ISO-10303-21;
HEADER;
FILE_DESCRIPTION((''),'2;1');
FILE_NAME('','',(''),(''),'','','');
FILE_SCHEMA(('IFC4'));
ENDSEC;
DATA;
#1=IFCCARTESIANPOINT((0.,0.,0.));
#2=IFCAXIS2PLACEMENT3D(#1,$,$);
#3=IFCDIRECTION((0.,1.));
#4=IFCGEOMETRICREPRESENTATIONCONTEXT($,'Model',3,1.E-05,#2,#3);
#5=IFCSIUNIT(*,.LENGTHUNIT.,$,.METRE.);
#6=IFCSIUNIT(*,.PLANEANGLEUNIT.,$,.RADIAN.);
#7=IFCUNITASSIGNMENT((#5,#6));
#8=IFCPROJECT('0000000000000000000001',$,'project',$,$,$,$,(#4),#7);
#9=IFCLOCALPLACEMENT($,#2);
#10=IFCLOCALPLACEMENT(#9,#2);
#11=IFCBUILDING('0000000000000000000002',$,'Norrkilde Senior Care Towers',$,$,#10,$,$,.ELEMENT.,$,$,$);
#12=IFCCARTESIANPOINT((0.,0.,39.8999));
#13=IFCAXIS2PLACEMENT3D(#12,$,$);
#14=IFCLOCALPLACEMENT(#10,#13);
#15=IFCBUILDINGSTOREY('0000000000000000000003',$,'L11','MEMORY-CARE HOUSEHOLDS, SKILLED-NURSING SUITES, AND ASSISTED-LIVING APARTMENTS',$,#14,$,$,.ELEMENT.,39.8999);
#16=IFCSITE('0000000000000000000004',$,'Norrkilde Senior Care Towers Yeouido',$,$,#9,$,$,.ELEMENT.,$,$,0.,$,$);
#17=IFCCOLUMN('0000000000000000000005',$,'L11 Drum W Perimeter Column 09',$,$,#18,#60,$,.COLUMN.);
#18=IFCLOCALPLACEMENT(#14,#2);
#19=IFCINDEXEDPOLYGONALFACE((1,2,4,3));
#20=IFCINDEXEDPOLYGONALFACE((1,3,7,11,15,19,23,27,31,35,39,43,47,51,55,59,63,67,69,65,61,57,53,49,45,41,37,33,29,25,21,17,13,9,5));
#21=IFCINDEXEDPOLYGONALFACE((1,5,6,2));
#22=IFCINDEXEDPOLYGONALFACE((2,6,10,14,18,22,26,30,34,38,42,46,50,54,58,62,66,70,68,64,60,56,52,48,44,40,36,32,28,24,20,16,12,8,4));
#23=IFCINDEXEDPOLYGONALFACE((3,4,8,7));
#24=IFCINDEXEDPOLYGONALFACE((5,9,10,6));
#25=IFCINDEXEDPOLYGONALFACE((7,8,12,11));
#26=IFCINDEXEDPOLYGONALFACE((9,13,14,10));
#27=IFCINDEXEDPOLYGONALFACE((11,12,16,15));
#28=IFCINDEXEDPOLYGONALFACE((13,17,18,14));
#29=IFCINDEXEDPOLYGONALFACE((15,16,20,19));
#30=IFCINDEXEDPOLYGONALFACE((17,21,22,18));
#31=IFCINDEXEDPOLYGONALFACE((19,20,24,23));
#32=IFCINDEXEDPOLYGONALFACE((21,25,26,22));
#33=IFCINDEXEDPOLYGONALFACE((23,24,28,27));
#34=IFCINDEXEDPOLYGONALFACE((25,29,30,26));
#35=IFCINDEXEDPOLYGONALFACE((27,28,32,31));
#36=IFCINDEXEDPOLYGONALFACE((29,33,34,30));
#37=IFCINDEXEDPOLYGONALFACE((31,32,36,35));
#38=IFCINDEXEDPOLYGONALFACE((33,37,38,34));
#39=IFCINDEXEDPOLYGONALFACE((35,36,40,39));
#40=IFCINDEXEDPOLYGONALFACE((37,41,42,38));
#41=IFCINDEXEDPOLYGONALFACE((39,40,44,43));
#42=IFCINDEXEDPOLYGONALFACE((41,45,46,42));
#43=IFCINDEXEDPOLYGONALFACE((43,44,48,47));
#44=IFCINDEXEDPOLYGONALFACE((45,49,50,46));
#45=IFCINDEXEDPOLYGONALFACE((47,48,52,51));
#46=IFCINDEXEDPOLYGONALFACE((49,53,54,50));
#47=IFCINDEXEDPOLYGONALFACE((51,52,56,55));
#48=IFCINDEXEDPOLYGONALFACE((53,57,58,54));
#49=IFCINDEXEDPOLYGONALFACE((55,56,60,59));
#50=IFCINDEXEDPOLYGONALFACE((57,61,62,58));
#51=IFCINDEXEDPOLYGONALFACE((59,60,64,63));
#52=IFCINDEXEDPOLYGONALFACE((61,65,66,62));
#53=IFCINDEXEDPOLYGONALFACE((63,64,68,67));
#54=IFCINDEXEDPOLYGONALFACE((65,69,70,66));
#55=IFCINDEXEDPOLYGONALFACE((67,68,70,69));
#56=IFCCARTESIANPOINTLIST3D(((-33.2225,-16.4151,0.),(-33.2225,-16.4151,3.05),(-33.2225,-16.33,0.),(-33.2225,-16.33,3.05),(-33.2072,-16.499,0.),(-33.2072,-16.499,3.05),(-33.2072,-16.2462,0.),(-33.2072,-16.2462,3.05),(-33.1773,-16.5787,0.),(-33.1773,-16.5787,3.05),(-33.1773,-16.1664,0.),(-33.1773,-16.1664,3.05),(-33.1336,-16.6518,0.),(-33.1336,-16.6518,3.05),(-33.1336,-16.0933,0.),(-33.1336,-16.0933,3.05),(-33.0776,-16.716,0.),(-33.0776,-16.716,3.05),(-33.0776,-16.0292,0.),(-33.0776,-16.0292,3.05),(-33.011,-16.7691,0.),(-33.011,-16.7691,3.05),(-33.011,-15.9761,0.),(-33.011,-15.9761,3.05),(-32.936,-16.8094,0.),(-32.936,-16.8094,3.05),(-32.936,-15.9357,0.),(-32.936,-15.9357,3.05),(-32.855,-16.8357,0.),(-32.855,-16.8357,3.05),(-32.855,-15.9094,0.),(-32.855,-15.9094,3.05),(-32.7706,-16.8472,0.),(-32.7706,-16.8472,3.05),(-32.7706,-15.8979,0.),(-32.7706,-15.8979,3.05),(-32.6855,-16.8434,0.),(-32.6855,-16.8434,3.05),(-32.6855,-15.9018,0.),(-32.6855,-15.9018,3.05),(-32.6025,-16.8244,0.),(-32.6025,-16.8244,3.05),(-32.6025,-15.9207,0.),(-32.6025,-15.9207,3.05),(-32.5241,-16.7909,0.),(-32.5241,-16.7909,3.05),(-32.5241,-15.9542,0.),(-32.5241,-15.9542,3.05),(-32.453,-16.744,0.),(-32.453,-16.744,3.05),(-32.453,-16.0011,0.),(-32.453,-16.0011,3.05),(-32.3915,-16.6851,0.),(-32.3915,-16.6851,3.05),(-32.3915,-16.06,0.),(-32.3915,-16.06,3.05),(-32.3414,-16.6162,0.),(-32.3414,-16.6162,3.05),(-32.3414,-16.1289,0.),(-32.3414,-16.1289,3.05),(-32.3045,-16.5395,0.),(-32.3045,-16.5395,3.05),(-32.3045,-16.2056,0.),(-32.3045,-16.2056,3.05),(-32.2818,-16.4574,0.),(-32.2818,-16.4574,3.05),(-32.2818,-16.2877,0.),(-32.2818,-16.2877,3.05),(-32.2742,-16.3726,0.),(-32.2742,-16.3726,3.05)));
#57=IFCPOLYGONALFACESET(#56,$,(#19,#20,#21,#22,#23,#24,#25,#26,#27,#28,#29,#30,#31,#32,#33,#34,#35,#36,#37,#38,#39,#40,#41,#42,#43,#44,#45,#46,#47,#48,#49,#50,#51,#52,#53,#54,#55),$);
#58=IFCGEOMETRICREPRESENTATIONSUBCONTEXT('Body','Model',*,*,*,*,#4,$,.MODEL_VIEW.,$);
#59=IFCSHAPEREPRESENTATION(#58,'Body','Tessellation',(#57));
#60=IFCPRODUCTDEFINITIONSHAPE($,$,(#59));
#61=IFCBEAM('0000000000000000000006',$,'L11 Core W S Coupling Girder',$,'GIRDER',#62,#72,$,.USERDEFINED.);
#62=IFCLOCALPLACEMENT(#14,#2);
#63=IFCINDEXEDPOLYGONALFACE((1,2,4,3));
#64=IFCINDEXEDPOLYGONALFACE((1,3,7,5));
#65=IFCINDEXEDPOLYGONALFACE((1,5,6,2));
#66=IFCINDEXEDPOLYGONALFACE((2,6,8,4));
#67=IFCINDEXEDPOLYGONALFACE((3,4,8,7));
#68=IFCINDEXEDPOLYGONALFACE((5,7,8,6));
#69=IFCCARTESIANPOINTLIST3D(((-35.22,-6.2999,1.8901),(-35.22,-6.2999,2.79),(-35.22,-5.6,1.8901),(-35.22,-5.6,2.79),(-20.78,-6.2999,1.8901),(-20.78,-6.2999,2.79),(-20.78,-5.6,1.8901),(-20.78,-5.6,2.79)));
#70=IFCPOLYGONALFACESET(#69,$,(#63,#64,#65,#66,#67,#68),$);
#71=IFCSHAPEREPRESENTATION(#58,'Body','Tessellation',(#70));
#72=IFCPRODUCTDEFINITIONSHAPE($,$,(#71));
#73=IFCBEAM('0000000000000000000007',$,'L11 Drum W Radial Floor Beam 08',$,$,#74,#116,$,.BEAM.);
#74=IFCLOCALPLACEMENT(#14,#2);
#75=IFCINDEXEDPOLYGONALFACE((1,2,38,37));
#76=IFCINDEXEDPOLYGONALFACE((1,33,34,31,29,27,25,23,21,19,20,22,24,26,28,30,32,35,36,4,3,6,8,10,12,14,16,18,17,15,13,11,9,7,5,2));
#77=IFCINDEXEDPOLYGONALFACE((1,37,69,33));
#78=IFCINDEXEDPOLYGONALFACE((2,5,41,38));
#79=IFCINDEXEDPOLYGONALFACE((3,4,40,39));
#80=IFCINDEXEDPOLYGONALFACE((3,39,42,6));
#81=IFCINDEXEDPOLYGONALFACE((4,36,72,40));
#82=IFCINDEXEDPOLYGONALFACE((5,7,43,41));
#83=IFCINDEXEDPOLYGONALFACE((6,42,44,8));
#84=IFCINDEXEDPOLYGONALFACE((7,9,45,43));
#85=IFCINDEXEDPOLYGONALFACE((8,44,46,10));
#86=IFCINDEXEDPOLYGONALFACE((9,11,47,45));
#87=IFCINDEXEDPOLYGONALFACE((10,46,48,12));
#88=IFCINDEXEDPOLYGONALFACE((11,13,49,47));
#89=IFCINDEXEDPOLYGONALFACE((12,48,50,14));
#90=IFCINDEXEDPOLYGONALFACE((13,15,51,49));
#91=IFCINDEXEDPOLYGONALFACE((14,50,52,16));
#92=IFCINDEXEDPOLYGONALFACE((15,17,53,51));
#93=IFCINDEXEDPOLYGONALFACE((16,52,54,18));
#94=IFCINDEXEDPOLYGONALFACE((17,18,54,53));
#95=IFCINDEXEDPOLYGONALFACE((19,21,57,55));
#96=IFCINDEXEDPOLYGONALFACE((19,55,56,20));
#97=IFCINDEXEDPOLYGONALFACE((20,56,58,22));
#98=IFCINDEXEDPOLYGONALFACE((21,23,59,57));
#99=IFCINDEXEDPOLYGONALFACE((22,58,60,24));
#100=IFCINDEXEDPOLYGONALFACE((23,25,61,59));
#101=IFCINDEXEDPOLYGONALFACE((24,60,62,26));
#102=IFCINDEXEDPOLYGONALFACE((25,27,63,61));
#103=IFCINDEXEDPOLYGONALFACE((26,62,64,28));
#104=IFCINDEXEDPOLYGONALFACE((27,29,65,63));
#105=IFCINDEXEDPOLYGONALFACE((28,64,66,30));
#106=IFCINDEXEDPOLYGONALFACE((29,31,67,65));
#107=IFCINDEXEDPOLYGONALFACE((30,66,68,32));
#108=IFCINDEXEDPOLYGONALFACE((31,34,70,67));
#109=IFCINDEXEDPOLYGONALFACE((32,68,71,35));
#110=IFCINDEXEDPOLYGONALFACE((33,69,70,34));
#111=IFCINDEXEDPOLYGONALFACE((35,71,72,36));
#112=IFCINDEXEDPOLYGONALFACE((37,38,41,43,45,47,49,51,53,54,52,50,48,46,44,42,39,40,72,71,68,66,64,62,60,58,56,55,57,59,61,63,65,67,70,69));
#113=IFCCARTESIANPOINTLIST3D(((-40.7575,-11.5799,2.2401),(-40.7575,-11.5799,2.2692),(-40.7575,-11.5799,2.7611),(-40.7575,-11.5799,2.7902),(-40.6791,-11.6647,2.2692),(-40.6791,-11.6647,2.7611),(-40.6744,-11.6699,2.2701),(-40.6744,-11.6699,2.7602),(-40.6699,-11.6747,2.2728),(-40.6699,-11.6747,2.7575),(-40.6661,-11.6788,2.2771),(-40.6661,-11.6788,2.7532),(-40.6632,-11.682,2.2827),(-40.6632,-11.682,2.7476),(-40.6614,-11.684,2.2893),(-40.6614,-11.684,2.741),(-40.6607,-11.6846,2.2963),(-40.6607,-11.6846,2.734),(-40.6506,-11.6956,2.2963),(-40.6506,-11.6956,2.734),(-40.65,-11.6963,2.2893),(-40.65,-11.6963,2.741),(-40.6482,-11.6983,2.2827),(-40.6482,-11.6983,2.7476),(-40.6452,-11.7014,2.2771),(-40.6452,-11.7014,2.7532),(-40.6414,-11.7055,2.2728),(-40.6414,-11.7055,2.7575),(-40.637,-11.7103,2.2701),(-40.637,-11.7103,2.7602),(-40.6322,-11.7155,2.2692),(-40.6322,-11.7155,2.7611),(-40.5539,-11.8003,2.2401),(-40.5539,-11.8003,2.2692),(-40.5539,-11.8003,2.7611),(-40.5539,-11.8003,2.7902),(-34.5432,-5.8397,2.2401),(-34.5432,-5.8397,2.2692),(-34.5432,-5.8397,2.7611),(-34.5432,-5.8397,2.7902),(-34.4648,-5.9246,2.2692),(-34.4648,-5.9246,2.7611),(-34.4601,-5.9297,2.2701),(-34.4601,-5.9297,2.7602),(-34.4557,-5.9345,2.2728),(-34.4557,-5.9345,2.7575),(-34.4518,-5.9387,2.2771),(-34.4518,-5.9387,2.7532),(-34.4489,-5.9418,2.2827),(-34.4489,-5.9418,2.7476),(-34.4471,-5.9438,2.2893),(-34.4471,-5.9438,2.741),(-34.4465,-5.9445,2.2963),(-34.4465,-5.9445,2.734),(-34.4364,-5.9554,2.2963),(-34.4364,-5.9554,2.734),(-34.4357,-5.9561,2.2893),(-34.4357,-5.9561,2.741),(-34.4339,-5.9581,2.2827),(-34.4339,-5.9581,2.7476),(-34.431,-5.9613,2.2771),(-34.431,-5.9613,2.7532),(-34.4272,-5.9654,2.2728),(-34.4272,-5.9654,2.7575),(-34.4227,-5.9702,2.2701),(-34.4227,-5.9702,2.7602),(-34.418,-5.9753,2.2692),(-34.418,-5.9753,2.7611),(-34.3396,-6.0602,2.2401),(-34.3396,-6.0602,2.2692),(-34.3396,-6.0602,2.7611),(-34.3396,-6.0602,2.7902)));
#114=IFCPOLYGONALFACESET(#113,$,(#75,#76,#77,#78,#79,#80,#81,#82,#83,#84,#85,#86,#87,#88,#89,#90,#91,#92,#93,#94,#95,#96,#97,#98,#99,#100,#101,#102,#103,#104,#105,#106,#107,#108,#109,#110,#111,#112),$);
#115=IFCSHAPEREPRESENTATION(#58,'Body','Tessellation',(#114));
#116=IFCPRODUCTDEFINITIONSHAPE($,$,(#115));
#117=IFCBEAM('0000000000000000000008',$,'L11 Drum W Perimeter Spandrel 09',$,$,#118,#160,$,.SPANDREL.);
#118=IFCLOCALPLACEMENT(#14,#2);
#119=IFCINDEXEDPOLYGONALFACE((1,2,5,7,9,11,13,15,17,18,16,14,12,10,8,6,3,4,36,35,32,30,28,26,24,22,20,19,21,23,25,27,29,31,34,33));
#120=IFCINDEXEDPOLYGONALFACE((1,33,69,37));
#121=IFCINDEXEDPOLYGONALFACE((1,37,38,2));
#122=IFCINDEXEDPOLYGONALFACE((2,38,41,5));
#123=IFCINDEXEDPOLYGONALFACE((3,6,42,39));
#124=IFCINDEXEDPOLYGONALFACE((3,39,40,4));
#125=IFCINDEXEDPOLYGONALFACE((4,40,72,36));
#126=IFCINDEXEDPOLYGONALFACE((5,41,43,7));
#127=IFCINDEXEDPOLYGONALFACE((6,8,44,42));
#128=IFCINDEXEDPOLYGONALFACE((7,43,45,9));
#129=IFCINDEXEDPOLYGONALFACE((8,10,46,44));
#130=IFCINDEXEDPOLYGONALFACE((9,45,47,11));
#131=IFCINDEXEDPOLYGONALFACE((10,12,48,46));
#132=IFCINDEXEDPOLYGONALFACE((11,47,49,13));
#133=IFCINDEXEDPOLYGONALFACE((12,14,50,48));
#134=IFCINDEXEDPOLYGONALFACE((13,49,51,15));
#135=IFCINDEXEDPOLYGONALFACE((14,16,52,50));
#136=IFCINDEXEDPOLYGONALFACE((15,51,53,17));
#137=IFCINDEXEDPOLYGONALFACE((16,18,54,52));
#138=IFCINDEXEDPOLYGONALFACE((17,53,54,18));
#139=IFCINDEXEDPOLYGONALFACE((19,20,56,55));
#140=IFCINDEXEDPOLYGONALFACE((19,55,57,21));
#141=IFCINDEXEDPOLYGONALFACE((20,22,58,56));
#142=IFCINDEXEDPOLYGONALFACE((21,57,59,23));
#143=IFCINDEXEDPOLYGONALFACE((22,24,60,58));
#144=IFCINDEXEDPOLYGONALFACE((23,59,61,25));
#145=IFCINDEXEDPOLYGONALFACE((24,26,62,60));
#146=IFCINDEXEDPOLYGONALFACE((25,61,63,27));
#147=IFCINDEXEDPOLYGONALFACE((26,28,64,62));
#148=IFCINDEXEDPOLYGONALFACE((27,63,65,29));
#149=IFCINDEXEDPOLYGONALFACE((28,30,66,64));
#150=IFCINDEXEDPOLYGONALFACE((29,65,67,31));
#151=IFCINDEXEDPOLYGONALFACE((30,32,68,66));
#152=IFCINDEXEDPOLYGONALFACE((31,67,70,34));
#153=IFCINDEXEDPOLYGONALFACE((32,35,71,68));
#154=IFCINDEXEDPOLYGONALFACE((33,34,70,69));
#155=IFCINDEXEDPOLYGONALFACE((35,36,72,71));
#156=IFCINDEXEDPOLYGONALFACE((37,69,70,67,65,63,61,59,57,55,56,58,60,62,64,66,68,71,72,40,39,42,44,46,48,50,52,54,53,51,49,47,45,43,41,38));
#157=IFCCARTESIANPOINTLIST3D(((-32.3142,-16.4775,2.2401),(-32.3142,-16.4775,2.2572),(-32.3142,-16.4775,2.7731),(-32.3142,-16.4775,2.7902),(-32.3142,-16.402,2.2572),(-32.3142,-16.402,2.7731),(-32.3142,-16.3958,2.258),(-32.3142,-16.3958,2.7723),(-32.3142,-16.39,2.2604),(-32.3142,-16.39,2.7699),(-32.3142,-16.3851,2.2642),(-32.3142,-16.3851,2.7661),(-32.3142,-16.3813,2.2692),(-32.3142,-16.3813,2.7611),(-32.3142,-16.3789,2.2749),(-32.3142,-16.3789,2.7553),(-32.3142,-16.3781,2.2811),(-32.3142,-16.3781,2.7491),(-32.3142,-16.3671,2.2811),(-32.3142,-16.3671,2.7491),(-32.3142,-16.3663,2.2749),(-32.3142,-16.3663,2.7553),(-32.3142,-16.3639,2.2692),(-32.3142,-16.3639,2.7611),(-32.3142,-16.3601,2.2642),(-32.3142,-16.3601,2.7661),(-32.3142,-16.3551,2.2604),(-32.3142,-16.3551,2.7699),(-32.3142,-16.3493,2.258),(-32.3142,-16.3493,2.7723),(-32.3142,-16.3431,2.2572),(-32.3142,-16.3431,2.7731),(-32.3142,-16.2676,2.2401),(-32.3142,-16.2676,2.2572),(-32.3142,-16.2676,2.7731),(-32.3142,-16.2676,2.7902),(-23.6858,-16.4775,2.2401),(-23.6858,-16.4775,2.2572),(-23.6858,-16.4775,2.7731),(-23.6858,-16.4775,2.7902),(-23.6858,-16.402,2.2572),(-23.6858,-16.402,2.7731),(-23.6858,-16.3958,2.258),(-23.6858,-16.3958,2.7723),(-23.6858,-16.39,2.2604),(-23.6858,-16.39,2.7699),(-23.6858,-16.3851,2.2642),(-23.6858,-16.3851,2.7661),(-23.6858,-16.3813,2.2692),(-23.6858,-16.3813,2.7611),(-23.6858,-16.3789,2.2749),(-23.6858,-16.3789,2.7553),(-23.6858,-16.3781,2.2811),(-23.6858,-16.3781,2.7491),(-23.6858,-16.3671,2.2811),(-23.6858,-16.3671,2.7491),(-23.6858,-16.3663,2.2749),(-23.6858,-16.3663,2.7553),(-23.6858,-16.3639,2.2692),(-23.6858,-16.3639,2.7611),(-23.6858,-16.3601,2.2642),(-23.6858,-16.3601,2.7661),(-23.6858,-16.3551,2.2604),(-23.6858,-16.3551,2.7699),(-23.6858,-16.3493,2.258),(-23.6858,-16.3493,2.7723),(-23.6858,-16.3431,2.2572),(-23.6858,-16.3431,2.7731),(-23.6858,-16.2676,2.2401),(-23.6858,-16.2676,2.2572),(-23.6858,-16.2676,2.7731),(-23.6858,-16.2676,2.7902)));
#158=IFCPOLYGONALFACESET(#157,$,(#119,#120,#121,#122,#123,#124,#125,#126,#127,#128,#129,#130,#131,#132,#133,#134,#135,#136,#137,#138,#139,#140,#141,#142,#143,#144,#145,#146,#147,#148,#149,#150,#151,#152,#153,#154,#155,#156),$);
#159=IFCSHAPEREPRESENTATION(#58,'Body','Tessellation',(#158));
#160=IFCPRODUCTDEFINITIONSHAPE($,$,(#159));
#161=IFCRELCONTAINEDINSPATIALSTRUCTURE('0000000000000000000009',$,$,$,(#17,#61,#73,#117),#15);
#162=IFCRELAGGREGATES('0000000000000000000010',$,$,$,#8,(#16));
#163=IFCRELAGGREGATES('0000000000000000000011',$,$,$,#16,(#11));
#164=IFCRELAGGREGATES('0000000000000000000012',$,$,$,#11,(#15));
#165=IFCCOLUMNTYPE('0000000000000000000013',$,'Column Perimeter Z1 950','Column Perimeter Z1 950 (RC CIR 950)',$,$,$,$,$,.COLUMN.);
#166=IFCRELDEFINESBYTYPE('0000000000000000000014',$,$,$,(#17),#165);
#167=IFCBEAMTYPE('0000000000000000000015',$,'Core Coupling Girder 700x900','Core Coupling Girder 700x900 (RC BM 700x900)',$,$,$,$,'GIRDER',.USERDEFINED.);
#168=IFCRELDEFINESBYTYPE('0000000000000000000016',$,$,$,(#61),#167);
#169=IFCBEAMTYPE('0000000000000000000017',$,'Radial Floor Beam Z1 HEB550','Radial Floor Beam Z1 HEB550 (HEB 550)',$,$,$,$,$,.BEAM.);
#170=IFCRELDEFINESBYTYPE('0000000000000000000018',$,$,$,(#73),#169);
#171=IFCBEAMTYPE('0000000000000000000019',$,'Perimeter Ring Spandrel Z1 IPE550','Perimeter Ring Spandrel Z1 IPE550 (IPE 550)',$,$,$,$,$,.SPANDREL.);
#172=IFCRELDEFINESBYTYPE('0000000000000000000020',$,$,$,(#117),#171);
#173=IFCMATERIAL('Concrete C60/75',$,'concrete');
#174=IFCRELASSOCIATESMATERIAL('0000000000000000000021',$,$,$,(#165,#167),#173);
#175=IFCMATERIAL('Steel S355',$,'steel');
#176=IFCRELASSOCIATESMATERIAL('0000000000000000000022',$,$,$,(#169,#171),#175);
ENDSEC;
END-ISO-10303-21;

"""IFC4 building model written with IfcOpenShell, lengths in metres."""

from ifc_helpers import new_model, si_unit, direction, frame, origin, origin_2d, place, context, subcontext, project, spatial, rectangle, circle, i_section, extrude, source, transform, mapped, material, material_profile, profile_set, type_object, type_shapes, element, save


model = new_model("IFC4")

# Units and contexts
model_context = context("Model", 3, precision=1e-05, world=origin(), true_north=direction((0.0, 1.0)))
body_context = subcontext(model_context, "Body", "Model", "MODEL_VIEW")
ifc_project = project(units=[si_unit("LENGTHUNIT", "METRE"), si_unit("PLANEANGLEUNIT", "RADIAN")], contexts=[model_context])

# Site, building, storey
site_placement = place(None, origin())
site = spatial("IfcSite", under=ifc_project, at=site_placement, Name="Norrkilde Senior Care Towers Yeouido", CompositionType="ELEMENT", RefElevation=0.0)
building_placement = place(site_placement, origin())
building = spatial("IfcBuilding", under=site, at=building_placement, Name="Norrkilde Senior Care Towers", CompositionType="ELEMENT")
storey_placement = place(building_placement, frame((0.0, 0.0, 39.8999)))
storey = spatial("IfcBuildingStorey", under=building, at=storey_placement, Name="L11", Description="MEMORY-CARE HOUSEHOLDS, SKILLED-NURSING SUITES, AND ASSISTED-LIVING APARTMENTS", CompositionType="ELEMENT", Elevation=39.8999)

# Column
ifc_material_1 = material(Name="Concrete C60/75", Category="concrete")
ifc_material_profile_1 = material_profile(ifc_material_1, circle(Radius=0.4751, at=origin_2d()), Name="RC CIR 950")
ifc_profile_set_1 = profile_set([ifc_material_profile_1], Name="Concrete C60/75")
column_type = type_object("IfcColumnType", Name="Column Perimeter Z1 950", Description="Column Perimeter Z1 950 (RC CIR 950)", PredefinedType="COLUMN", material=ifc_profile_set_1)
shared_shape_1 = source(origin(), body_context, "Body", "SweptSolid", [
    extrude(circle(Radius=0.4751, at=origin_2d()), origin(), (0.0, 0.0, 1.0), 3.05),
])
type_shapes(column_type, [shared_shape_1])
column_placement = place(storey_placement, frame((-32.7493, -16.3726, 0.0), z_axis=(0.0, 0.0, 1.0), x_axis=(1.0, 0.0, 0.0)))
element("IfcColumn", 1, at=column_placement, inside=storey, type_object=column_type, Name="L11 Drum W Perimeter Column 09", PredefinedType="COLUMN", context=body_context, shape_type="MappedRepresentation", body=[
    mapped(shared_shape_1, transform((0.0, 0.0, 0.0), x_axis=(1.0, 0.0, 0.0), y_axis=(0.0, 1.0, 0.0), z_axis=(0.0, 0.0, 1.0), scale=1.0)),
])

# Beams
ifc_material_profile_2 = material_profile(ifc_material_1, rectangle(XDim=0.7, YDim=0.8999, at=origin_2d()), Name="RC BM 700x900")
ifc_profile_set_2 = profile_set([ifc_material_profile_2], Name="Concrete C60/75")
beam_type_1 = type_object("IfcBeamType", Name="Core Coupling Girder 700x900", Description="Core Coupling Girder 700x900 (RC BM 700x900)", ElementType="GIRDER", PredefinedType="USERDEFINED", material=ifc_profile_set_2)
shared_shape_2 = source(origin(), body_context, "Body", "SweptSolid", [
    extrude(rectangle(XDim=0.7, YDim=0.8999, at=origin_2d()), origin(), (0.0, 0.0, 1.0), 14.4399),
])
type_shapes(beam_type_1, [shared_shape_2])
beam_1_placement = place(storey_placement, frame((-35.22, -5.95, 2.3401), z_axis=(1.0, 0.0, 0.0), x_axis=(0.0, 1.0, 0.0)))
element("IfcBeam", 2, at=beam_1_placement, inside=storey, type_object=beam_type_1, Name="L11 Core W S Coupling Girder", ObjectType="GIRDER", PredefinedType="USERDEFINED", context=body_context, shape_type="MappedRepresentation", body=[
    mapped(shared_shape_2, transform((0.0, 0.0, 0.0), x_axis=(1.0, 0.0, 0.0), y_axis=(0.0, 1.0, 0.0), z_axis=(0.0, 0.0, 1.0), scale=1.0)),
])
ifc_material_2 = material(Name="Steel S355", Category="steel")
ifc_material_profile_3 = material_profile(ifc_material_2, i_section(OverallWidth=0.3, OverallDepth=0.55, WebThickness=0.0149, FlangeThickness=0.0291, FilletRadius=0.0271, at=origin_2d()), Name="HEB 550")
ifc_profile_set_3 = profile_set([ifc_material_profile_3], Name="Steel S355")
beam_type_2 = type_object("IfcBeamType", Name="Radial Floor Beam Z1 HEB550", Description="Radial Floor Beam Z1 HEB550 (HEB 550)", PredefinedType="BEAM", material=ifc_profile_set_3)
shared_shape_3 = source(origin(), body_context, "Body", "SweptSolid", [
    extrude(i_section(OverallWidth=0.3, OverallDepth=0.55, WebThickness=0.0149, FlangeThickness=0.0291, FilletRadius=0.0271, at=origin_2d()), origin(), (0.0, 0.0, 1.0), 8.4597),
])
beam_2_placement = place(storey_placement, frame((-34.4414, -5.95, 2.5151), z_axis=(-0.734573, -0.678529, 0.0), x_axis=(0.678529, -0.734573, 0.0)))
element("IfcBeam", 3, at=beam_2_placement, inside=storey, type_object=beam_type_2, Name="L11 Drum W Radial Floor Beam 08", PredefinedType="BEAM", context=body_context, shape_type="MappedRepresentation", body=[
    mapped(shared_shape_3, transform((0.0, 0.0, 0.0), x_axis=(1.0, 0.0, 0.0), y_axis=(0.0, 1.0, 0.0), z_axis=(0.0, 0.0, 1.0), scale=1.0)),
])
ifc_material_profile_4 = material_profile(ifc_material_2, i_section(OverallWidth=0.21, OverallDepth=0.55, WebThickness=0.011, FlangeThickness=0.0171, FilletRadius=0.0239, at=origin_2d()), Name="IPE 550")
ifc_profile_set_4 = profile_set([ifc_material_profile_4], Name="Steel S355")
beam_type_3 = type_object("IfcBeamType", Name="Perimeter Ring Spandrel Z1 IPE550", Description="Perimeter Ring Spandrel Z1 IPE550 (IPE 550)", PredefinedType="SPANDREL", material=ifc_profile_set_4)
shared_shape_4 = source(origin(), body_context, "Body", "SweptSolid", [
    extrude(i_section(OverallWidth=0.21, OverallDepth=0.55, WebThickness=0.011, FlangeThickness=0.0171, FilletRadius=0.0239, at=origin_2d()), origin(), (0.0, 0.0, 1.0), 8.6284),
])
type_shapes(beam_type_3, [shared_shape_4])
beam_3_placement = place(storey_placement, frame((-32.3142, -16.3726, 2.5151), z_axis=(1.0, 0.0, 0.0), x_axis=(0.0, 1.0, 0.0)))
element("IfcBeam", 4, at=beam_3_placement, inside=storey, type_object=beam_type_3, Name="L11 Drum W Perimeter Spandrel 09", PredefinedType="SPANDREL", context=body_context, shape_type="MappedRepresentation", body=[
    mapped(shared_shape_4, transform((0.0, 0.0, 0.0), x_axis=(1.0, 0.0, 0.0), y_axis=(0.0, 1.0, 0.0), z_axis=(0.0, 0.0, 1.0), scale=1.0)),
])

save(model, "model.ifc")
